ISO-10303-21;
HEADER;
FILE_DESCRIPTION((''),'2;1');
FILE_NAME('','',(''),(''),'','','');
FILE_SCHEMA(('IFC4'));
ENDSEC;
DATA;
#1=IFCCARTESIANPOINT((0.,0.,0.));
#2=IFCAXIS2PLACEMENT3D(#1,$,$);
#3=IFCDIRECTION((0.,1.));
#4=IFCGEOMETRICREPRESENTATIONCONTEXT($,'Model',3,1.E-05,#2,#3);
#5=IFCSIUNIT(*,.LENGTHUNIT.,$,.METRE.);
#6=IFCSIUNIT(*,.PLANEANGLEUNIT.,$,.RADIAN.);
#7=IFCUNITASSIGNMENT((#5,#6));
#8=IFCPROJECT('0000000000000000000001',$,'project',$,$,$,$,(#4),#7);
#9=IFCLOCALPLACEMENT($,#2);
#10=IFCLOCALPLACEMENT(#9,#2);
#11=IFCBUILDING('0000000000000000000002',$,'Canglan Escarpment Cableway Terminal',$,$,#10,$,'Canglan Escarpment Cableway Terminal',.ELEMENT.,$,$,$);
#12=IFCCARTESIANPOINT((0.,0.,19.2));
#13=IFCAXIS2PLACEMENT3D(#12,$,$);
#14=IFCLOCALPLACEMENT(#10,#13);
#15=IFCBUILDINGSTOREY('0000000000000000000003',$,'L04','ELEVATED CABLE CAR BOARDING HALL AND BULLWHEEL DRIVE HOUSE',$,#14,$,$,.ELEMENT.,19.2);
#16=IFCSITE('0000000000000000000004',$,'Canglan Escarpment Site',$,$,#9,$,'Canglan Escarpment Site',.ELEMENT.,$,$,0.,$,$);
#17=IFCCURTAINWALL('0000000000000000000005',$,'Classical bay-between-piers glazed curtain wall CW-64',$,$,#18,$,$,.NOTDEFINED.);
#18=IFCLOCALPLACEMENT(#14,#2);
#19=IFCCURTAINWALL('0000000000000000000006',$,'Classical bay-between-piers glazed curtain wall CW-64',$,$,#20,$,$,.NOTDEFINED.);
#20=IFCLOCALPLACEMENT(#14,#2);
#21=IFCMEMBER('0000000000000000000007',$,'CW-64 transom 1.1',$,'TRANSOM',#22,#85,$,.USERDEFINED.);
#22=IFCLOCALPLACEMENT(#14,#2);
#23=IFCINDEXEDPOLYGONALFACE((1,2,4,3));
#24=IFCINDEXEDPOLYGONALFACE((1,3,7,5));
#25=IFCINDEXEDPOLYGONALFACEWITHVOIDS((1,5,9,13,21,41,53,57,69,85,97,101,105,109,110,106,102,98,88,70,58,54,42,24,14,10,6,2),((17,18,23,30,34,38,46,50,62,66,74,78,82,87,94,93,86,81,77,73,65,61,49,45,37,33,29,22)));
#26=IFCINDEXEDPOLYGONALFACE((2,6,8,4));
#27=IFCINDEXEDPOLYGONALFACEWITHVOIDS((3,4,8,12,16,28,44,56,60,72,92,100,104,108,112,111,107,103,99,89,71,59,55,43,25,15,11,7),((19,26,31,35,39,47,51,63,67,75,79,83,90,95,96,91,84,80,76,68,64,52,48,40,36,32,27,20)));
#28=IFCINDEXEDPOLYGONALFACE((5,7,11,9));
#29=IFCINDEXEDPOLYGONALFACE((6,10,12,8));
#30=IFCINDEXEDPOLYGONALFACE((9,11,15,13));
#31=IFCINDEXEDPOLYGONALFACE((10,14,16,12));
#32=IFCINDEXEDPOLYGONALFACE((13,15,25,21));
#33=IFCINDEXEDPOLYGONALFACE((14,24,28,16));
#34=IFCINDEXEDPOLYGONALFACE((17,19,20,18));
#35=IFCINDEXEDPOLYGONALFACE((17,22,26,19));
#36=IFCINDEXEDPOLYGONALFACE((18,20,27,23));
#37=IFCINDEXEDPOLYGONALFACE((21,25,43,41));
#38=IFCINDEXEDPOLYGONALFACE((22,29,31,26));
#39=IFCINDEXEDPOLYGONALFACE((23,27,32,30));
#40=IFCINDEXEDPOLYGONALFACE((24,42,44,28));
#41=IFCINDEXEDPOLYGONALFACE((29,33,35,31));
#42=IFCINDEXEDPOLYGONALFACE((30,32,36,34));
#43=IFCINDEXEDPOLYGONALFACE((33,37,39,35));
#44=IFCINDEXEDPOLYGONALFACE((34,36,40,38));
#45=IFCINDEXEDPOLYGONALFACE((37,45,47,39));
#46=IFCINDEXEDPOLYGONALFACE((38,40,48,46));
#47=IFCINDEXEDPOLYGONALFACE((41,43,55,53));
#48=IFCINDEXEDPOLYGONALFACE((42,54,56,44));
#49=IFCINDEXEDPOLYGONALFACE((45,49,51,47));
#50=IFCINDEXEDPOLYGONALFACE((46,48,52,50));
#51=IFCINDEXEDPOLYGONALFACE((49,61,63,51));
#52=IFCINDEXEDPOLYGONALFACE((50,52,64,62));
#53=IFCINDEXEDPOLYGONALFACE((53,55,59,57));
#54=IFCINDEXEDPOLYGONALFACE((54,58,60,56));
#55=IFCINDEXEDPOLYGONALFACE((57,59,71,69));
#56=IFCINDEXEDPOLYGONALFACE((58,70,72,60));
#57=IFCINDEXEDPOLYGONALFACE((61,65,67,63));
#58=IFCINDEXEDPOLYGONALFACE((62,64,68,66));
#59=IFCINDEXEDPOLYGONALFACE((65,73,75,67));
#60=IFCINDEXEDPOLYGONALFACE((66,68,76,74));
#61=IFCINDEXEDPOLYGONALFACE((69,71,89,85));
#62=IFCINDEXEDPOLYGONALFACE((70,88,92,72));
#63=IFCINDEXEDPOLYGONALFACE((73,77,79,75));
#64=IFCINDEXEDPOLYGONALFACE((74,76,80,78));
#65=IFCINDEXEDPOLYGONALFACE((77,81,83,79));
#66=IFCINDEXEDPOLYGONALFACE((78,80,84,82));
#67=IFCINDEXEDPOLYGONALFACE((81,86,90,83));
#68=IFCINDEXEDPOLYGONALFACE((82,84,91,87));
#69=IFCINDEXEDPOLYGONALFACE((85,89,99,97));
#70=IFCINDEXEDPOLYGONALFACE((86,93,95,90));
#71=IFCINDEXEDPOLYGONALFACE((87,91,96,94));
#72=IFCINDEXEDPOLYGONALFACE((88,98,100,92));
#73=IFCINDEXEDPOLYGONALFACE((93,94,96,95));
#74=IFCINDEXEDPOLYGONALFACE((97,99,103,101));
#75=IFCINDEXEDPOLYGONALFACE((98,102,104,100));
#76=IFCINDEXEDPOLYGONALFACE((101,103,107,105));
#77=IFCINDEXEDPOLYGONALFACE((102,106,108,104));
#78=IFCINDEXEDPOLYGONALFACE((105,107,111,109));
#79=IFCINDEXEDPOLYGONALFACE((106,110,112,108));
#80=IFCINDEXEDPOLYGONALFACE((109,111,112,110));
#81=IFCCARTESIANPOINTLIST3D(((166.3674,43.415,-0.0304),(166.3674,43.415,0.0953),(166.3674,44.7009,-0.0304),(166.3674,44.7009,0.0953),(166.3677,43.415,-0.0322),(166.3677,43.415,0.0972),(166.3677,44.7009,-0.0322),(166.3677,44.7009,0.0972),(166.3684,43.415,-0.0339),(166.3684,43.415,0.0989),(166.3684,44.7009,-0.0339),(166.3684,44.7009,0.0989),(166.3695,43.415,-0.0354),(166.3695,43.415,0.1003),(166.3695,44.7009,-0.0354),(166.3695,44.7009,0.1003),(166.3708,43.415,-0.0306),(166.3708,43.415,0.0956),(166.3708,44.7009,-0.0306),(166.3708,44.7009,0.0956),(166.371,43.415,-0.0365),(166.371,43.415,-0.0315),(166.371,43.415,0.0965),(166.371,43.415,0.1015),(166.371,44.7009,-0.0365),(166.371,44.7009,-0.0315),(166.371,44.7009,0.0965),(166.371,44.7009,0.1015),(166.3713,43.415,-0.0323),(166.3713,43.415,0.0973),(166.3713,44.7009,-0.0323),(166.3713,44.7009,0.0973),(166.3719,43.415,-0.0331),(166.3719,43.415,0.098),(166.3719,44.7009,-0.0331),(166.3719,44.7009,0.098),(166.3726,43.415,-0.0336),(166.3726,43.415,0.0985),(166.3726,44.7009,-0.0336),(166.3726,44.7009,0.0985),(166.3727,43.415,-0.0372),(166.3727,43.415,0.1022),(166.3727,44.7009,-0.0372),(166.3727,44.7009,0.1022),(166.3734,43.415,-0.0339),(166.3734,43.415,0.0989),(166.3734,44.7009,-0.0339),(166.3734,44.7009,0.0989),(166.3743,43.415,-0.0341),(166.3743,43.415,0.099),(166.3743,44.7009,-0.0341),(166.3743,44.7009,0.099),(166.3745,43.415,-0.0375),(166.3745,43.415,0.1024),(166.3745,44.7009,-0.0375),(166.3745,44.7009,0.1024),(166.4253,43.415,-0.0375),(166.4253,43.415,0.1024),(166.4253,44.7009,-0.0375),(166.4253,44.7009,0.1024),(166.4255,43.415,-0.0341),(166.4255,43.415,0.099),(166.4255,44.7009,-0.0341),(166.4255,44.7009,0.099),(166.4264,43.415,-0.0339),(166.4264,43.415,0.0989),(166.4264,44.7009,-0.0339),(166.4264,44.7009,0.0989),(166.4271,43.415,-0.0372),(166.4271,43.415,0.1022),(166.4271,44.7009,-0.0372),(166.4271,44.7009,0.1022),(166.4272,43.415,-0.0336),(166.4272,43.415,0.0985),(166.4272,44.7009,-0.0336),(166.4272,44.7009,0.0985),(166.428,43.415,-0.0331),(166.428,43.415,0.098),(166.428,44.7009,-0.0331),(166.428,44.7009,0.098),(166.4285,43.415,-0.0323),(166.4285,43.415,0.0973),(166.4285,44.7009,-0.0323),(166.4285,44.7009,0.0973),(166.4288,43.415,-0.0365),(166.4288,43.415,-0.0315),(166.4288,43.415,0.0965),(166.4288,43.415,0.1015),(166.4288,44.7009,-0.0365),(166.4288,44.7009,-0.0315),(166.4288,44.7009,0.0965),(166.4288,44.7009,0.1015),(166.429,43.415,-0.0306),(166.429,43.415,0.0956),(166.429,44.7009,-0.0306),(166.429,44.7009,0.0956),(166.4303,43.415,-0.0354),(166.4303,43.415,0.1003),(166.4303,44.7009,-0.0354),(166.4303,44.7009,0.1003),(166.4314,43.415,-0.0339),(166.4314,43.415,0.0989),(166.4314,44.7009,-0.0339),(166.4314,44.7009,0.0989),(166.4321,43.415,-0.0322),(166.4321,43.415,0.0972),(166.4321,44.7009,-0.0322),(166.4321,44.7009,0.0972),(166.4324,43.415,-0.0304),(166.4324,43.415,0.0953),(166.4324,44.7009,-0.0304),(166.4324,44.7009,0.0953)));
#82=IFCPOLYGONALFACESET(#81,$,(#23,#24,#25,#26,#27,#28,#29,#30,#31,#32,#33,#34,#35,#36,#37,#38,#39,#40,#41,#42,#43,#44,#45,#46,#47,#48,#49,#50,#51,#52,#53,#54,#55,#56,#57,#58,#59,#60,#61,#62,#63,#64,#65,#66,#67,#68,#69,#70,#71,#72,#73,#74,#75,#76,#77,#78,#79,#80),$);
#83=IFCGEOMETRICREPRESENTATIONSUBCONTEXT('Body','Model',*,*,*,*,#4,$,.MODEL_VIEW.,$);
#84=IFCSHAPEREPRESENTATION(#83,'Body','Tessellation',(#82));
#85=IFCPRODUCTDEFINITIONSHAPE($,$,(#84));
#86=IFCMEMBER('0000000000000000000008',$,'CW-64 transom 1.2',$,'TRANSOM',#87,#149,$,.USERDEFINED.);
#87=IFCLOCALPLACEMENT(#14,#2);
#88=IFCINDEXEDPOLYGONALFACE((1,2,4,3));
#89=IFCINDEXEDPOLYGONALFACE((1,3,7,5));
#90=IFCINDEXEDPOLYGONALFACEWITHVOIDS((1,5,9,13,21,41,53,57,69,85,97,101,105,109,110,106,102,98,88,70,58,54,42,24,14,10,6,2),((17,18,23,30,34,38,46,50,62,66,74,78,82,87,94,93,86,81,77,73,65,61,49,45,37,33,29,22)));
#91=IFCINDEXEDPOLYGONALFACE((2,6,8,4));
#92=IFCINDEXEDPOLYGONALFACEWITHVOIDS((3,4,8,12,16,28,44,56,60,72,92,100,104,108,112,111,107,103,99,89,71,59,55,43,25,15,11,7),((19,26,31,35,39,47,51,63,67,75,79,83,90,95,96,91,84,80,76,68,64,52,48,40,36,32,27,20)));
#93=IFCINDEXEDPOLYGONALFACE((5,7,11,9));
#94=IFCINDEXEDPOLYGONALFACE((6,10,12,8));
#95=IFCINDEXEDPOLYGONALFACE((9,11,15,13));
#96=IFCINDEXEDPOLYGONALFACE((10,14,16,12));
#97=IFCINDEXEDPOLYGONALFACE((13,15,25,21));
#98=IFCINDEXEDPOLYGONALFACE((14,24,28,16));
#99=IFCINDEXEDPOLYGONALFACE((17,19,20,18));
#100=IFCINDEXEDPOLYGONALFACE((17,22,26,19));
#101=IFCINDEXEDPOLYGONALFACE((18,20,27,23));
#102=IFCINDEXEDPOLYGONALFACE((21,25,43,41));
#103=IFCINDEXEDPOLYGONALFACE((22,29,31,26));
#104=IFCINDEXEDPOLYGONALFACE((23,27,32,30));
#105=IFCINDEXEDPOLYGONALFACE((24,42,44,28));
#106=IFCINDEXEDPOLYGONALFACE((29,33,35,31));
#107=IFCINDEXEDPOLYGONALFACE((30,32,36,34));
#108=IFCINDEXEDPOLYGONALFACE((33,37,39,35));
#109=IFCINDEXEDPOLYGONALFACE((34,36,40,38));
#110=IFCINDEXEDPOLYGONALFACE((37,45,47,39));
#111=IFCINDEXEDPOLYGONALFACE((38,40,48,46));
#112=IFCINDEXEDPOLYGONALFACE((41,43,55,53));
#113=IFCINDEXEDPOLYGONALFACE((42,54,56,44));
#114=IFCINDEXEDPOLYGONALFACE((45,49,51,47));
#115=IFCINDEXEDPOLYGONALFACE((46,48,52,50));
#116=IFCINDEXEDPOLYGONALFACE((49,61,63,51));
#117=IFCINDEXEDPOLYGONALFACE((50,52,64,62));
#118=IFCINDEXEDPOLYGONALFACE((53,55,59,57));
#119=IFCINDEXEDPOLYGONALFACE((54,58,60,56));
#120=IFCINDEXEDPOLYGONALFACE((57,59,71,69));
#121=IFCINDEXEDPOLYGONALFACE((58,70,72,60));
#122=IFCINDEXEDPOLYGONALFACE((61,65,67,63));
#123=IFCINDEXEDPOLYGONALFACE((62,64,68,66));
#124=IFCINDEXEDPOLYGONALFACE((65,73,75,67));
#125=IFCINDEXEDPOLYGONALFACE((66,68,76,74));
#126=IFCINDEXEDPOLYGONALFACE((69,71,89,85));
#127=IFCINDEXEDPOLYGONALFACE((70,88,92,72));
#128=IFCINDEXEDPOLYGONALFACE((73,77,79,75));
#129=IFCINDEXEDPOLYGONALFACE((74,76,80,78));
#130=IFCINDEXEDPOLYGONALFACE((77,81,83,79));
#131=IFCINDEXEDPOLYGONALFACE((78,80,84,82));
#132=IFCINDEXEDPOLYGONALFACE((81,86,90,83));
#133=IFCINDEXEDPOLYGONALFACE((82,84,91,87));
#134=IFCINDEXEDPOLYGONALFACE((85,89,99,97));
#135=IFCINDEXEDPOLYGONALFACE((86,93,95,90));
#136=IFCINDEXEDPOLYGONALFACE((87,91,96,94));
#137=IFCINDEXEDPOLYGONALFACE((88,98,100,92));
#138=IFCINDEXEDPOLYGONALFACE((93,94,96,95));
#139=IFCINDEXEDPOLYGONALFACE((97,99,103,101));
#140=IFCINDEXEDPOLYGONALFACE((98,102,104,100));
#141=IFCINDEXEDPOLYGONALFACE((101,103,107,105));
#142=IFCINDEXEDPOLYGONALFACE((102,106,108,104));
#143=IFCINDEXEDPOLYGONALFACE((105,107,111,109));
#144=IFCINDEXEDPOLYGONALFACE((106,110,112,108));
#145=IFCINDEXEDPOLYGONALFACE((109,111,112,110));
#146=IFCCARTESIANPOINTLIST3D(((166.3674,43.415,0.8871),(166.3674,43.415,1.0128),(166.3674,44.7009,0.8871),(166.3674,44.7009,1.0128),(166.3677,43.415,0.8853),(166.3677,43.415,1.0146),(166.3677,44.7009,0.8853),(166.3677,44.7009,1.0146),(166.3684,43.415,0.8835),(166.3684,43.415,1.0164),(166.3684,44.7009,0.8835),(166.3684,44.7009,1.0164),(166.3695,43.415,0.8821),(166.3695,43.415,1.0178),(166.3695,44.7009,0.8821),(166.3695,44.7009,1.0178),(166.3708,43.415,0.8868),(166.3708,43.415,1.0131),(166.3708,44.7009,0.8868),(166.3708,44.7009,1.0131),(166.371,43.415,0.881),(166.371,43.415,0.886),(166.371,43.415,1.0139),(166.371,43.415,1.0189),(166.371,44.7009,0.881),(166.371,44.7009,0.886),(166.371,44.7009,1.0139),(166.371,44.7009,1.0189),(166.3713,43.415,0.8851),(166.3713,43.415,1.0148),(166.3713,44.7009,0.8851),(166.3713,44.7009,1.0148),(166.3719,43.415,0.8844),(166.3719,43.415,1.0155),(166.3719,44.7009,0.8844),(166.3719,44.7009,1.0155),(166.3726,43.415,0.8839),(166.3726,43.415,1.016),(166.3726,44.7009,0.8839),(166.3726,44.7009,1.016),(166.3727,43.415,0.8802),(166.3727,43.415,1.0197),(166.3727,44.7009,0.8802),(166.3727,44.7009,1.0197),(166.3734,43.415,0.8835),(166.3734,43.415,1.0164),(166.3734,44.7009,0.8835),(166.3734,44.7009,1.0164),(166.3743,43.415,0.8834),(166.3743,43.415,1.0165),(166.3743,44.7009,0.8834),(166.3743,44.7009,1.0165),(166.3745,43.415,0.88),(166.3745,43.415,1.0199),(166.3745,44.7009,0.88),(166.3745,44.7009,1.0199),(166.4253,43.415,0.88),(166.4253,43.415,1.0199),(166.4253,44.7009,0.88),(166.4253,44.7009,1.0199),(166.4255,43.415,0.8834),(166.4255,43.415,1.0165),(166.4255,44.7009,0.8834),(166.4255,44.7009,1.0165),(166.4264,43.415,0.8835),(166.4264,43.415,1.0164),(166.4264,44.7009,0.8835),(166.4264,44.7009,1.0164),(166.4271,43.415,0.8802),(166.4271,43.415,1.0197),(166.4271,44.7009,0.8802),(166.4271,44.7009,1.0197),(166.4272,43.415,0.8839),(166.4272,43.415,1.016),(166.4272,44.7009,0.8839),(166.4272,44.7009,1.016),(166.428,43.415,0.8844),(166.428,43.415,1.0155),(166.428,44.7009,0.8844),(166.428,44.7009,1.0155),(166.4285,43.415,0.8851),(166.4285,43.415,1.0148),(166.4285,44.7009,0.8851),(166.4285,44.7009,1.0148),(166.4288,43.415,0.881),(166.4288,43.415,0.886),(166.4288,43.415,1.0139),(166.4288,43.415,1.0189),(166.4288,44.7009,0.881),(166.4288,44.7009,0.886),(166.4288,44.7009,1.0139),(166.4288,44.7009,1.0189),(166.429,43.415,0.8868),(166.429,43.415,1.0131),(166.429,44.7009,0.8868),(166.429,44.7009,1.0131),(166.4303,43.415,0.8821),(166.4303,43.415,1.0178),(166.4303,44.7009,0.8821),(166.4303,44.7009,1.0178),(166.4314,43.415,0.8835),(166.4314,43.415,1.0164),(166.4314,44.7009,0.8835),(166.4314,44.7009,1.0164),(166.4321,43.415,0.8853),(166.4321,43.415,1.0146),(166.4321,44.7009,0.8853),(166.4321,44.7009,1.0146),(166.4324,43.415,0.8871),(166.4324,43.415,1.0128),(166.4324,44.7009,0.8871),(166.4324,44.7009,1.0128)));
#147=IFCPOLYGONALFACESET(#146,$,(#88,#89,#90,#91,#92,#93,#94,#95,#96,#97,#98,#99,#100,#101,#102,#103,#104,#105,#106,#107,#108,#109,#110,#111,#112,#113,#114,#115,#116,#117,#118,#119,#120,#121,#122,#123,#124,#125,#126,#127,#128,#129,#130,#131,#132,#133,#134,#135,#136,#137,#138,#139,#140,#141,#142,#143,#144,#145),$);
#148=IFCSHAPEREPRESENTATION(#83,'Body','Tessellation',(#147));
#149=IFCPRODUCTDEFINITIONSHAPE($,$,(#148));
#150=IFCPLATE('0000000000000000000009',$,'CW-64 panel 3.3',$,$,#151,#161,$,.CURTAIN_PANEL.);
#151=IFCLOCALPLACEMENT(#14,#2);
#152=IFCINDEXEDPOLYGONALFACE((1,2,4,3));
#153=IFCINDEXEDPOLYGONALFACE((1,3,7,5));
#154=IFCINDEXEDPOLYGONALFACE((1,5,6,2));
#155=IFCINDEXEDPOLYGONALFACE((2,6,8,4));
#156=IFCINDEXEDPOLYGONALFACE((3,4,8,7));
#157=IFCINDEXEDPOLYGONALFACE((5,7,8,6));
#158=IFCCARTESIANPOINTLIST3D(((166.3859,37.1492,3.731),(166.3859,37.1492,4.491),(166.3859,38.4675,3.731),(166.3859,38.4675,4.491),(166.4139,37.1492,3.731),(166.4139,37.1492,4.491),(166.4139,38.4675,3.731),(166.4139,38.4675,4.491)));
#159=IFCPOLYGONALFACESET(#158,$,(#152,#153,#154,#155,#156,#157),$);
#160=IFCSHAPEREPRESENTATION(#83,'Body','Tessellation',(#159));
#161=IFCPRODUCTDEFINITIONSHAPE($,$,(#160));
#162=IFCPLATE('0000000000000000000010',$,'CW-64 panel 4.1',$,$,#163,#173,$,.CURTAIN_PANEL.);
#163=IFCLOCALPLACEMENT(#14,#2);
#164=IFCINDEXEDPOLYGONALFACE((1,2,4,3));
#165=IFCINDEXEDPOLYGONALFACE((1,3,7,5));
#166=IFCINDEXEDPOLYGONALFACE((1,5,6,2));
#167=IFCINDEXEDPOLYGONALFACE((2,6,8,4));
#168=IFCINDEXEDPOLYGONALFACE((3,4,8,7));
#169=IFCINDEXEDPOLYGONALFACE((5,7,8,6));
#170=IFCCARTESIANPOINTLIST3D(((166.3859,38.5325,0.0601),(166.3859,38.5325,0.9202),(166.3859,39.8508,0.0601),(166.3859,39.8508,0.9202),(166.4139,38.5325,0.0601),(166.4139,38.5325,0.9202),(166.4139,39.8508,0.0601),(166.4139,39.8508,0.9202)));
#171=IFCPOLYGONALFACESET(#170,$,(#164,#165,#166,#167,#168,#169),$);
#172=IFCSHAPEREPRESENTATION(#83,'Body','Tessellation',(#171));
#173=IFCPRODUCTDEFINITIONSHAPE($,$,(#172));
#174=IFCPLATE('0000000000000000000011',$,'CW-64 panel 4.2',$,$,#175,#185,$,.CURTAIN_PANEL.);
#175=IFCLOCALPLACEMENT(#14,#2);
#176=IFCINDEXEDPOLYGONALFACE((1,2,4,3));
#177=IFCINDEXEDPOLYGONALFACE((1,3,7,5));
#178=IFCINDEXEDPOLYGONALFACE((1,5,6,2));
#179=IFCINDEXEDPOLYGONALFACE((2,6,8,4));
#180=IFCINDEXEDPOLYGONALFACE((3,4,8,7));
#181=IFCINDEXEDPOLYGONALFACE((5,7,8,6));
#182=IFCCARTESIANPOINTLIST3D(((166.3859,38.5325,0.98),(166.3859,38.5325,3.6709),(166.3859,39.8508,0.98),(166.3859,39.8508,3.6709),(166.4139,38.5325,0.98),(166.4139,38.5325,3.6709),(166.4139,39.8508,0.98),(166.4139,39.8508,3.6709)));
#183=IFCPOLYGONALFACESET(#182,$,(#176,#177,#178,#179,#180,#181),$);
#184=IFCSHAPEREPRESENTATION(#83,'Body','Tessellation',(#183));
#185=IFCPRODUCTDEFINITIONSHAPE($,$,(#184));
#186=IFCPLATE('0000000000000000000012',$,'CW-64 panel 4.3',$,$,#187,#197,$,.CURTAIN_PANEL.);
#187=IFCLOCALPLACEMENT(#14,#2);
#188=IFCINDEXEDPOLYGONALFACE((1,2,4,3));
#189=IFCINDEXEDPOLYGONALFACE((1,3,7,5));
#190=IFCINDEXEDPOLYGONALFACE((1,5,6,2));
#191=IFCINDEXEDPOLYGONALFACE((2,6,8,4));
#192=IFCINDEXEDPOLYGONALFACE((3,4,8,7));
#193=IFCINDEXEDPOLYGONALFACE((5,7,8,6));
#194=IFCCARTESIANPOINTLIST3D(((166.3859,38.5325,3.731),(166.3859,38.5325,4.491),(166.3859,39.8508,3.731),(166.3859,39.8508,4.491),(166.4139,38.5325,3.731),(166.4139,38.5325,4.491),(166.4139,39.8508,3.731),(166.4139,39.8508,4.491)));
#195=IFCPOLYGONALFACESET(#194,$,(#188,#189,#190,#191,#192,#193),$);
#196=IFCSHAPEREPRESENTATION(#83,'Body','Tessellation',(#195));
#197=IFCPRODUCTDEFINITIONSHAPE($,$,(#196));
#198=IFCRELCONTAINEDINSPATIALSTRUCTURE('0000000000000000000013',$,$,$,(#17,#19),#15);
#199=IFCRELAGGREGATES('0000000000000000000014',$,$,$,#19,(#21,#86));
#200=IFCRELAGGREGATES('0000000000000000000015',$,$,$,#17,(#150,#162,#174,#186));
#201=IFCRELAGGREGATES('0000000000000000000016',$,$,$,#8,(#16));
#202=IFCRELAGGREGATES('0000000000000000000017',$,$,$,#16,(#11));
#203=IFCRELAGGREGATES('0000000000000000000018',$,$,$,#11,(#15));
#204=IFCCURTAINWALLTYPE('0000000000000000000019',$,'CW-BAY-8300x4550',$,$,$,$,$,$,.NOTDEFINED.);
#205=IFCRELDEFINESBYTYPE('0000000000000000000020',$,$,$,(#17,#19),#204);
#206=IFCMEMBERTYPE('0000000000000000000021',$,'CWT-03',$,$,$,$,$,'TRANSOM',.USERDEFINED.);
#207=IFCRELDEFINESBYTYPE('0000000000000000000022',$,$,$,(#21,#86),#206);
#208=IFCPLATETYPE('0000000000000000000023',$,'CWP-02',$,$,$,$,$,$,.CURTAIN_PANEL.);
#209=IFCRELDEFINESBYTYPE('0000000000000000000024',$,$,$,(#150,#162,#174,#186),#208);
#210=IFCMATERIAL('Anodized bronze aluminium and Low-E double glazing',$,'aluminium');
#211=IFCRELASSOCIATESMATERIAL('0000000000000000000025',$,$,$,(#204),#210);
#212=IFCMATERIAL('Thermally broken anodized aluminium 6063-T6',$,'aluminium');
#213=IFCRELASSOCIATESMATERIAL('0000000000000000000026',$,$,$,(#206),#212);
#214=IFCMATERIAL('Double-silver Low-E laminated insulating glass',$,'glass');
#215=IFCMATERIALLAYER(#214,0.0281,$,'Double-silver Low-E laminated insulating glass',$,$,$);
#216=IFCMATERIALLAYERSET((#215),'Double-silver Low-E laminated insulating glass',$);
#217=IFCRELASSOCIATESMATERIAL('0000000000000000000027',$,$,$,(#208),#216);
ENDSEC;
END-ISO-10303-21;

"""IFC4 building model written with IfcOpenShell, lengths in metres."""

from ifc_helpers import new_model, si_unit, direction, frame, origin, origin_2d, place, context, subcontext, project, spatial, rectangle, hollow_rectangle, extrude, material, layer, layer_set, material_profile, profile_set, type_object, element, aggregate, save


model = new_model("IFC4")

# Units and contexts
model_context = context("Model", 3, precision=1e-05, world=origin(), true_north=direction((0.0, 1.0)))
body_context = subcontext(model_context, "Body", "Model", "MODEL_VIEW")
ifc_project = project(units=[si_unit("LENGTHUNIT", "METRE"), si_unit("PLANEANGLEUNIT", "RADIAN")], contexts=[model_context])

# Site, building, storey
site_placement = place(None, origin())
site = spatial("IfcSite", under=ifc_project, at=site_placement, Name="Canglan Escarpment Site", LongName="Canglan Escarpment Site", CompositionType="ELEMENT", RefElevation=0.0)
building_placement = place(site_placement, origin())
building = spatial("IfcBuilding", under=site, at=building_placement, Name="Canglan Escarpment Cableway Terminal", LongName="Canglan Escarpment Cableway Terminal", CompositionType="ELEMENT")
storey_placement = place(building_placement, frame((0.0, 0.0, 19.2)))
storey = spatial("IfcBuildingStorey", under=building, at=storey_placement, Name="L04", Description="ELEVATED CABLE CAR BOARDING HALL AND BULLWHEEL DRIVE HOUSE", CompositionType="ELEMENT", Elevation=19.2)

# Curtain wall
ifc_material_1 = material(Name="Anodized bronze aluminium and Low-E double glazing", Category="aluminium")
curtain_wall_type = type_object("IfcCurtainWallType", Name="CW-BAY-8300x4550", PredefinedType="NOTDEFINED", material=ifc_material_1)
curtain_wall_1_placement = place(storey_placement, origin())
curtain_wall_1 = element("IfcCurtainWall", 1, at=curtain_wall_1_placement, inside=storey, type_object=curtain_wall_type, Name="Classical bay-between-piers glazed curtain wall CW-64", PredefinedType="NOTDEFINED")
ifc_material_2 = material(Name="Thermally broken anodized aluminium 6063-T6", Category="aluminium")

# Curtain wall
curtain_wall_2_placement = place(storey_placement, origin())
curtain_wall_2 = element("IfcCurtainWall", 2, at=curtain_wall_2_placement, inside=storey, type_object=curtain_wall_type, Name="Classical bay-between-piers glazed curtain wall CW-64", PredefinedType="NOTDEFINED")

# Members
ifc_material_profile_1 = material_profile(ifc_material_2, hollow_rectangle(XDim=0.0649, YDim=0.1399, WallThickness=0.0034, InnerFilletRadius=0.0034, OuterFilletRadius=0.0071, at=origin_2d()), Name="ALU-TRAN 65x140x3.5")
ifc_profile_set_1 = profile_set([ifc_material_profile_1], Name="Thermally broken anodized aluminium 6063-T6")
member_type_1 = type_object("IfcMemberType", Name="CWT-03", ElementType="TRANSOM", PredefinedType="USERDEFINED", material=ifc_profile_set_1)
member_1_placement = place(storey_placement, frame((166.3999, 43.415, 0.0325), z_axis=(0.0, 1.0, 0.0), x_axis=(-1.0, 0.0, 0.0)))
member_1 = element("IfcMember", 3, at=member_1_placement, type_object=member_type_1, Name="CW-64 transom 1.1", ObjectType="TRANSOM", PredefinedType="USERDEFINED", context=body_context, shape_type="SweptSolid", body=[
    extrude(hollow_rectangle(XDim=0.0649, YDim=0.1399, WallThickness=0.0034, InnerFilletRadius=0.0034, OuterFilletRadius=0.0071, at=origin_2d()), origin(), (0.0, 0.0, 1.0), 1.2859),
])
member_2_placement = place(storey_placement, frame((166.3999, 43.415, 0.95), z_axis=(0.0, 1.0, 0.0), x_axis=(-1.0, 0.0, 0.0)))
member_2 = element("IfcMember", 4, at=member_2_placement, type_object=member_type_1, Name="CW-64 transom 1.2", ObjectType="TRANSOM", PredefinedType="USERDEFINED", context=body_context, shape_type="SweptSolid", body=[
    extrude(hollow_rectangle(XDim=0.0649, YDim=0.1399, WallThickness=0.0034, InnerFilletRadius=0.0034, OuterFilletRadius=0.0071, at=origin_2d()), origin(), (0.0, 0.0, 1.0), 1.2859),
])
aggregate(curtain_wall_2, [member_1, member_2])

# Plates
ifc_material_3 = material(Name="Double-silver Low-E laminated insulating glass", Category="glass")
ifc_layer_1 = layer(ifc_material_3, 0.0281, Name="Double-silver Low-E laminated insulating glass")
ifc_layer_set_1 = layer_set([ifc_layer_1], Name="Double-silver Low-E laminated insulating glass")
plate_type = type_object("IfcPlateType", Name="CWP-02", PredefinedType="CURTAIN_PANEL", material=ifc_layer_set_1)
plate_1_placement = place(storey_placement, frame((166.3999, 37.8083, 3.731), z_axis=(0.0, 0.0, 1.0), x_axis=(0.0, 1.0, 0.0)))
plate_1 = element("IfcPlate", 5, at=plate_1_placement, type_object=plate_type, Name="CW-64 panel 3.3", PredefinedType="CURTAIN_PANEL", context=body_context, shape_type="SweptSolid", body=[
    extrude(rectangle(XDim=1.3184, YDim=0.0281, at=origin_2d()), origin(), (0.0, 0.0, 1.0), 0.76),
])
plate_2_placement = place(storey_placement, frame((166.3999, 39.1917, 0.0601), z_axis=(0.0, 0.0, 1.0), x_axis=(0.0, 1.0, 0.0)))
plate_2 = element("IfcPlate", 6, at=plate_2_placement, type_object=plate_type, Name="CW-64 panel 4.1", PredefinedType="CURTAIN_PANEL", context=body_context, shape_type="SweptSolid", body=[
    extrude(rectangle(XDim=1.3184, YDim=0.0281, at=origin_2d()), origin(), (0.0, 0.0, 1.0), 0.8601),
])
plate_3_placement = place(storey_placement, frame((166.3999, 39.1917, 0.98), z_axis=(0.0, 0.0, 1.0), x_axis=(0.0, 1.0, 0.0)))
plate_3 = element("IfcPlate", 7, at=plate_3_placement, type_object=plate_type, Name="CW-64 panel 4.2", PredefinedType="CURTAIN_PANEL", context=body_context, shape_type="SweptSolid", body=[
    extrude(rectangle(XDim=1.3184, YDim=0.0281, at=origin_2d()), origin(), (0.0, 0.0, 1.0), 2.6909),
])
plate_4_placement = place(storey_placement, frame((166.3999, 39.1917, 3.731), z_axis=(0.0, 0.0, 1.0), x_axis=(0.0, 1.0, 0.0)))
plate_4 = element("IfcPlate", 8, at=plate_4_placement, type_object=plate_type, Name="CW-64 panel 4.3", PredefinedType="CURTAIN_PANEL", context=body_context, shape_type="SweptSolid", body=[
    extrude(rectangle(XDim=1.3184, YDim=0.0281, at=origin_2d()), origin(), (0.0, 0.0, 1.0), 0.76),
])
aggregate(curtain_wall_1, [plate_1, plate_2, plate_3, plate_4])

save(model, "model.ifc")
